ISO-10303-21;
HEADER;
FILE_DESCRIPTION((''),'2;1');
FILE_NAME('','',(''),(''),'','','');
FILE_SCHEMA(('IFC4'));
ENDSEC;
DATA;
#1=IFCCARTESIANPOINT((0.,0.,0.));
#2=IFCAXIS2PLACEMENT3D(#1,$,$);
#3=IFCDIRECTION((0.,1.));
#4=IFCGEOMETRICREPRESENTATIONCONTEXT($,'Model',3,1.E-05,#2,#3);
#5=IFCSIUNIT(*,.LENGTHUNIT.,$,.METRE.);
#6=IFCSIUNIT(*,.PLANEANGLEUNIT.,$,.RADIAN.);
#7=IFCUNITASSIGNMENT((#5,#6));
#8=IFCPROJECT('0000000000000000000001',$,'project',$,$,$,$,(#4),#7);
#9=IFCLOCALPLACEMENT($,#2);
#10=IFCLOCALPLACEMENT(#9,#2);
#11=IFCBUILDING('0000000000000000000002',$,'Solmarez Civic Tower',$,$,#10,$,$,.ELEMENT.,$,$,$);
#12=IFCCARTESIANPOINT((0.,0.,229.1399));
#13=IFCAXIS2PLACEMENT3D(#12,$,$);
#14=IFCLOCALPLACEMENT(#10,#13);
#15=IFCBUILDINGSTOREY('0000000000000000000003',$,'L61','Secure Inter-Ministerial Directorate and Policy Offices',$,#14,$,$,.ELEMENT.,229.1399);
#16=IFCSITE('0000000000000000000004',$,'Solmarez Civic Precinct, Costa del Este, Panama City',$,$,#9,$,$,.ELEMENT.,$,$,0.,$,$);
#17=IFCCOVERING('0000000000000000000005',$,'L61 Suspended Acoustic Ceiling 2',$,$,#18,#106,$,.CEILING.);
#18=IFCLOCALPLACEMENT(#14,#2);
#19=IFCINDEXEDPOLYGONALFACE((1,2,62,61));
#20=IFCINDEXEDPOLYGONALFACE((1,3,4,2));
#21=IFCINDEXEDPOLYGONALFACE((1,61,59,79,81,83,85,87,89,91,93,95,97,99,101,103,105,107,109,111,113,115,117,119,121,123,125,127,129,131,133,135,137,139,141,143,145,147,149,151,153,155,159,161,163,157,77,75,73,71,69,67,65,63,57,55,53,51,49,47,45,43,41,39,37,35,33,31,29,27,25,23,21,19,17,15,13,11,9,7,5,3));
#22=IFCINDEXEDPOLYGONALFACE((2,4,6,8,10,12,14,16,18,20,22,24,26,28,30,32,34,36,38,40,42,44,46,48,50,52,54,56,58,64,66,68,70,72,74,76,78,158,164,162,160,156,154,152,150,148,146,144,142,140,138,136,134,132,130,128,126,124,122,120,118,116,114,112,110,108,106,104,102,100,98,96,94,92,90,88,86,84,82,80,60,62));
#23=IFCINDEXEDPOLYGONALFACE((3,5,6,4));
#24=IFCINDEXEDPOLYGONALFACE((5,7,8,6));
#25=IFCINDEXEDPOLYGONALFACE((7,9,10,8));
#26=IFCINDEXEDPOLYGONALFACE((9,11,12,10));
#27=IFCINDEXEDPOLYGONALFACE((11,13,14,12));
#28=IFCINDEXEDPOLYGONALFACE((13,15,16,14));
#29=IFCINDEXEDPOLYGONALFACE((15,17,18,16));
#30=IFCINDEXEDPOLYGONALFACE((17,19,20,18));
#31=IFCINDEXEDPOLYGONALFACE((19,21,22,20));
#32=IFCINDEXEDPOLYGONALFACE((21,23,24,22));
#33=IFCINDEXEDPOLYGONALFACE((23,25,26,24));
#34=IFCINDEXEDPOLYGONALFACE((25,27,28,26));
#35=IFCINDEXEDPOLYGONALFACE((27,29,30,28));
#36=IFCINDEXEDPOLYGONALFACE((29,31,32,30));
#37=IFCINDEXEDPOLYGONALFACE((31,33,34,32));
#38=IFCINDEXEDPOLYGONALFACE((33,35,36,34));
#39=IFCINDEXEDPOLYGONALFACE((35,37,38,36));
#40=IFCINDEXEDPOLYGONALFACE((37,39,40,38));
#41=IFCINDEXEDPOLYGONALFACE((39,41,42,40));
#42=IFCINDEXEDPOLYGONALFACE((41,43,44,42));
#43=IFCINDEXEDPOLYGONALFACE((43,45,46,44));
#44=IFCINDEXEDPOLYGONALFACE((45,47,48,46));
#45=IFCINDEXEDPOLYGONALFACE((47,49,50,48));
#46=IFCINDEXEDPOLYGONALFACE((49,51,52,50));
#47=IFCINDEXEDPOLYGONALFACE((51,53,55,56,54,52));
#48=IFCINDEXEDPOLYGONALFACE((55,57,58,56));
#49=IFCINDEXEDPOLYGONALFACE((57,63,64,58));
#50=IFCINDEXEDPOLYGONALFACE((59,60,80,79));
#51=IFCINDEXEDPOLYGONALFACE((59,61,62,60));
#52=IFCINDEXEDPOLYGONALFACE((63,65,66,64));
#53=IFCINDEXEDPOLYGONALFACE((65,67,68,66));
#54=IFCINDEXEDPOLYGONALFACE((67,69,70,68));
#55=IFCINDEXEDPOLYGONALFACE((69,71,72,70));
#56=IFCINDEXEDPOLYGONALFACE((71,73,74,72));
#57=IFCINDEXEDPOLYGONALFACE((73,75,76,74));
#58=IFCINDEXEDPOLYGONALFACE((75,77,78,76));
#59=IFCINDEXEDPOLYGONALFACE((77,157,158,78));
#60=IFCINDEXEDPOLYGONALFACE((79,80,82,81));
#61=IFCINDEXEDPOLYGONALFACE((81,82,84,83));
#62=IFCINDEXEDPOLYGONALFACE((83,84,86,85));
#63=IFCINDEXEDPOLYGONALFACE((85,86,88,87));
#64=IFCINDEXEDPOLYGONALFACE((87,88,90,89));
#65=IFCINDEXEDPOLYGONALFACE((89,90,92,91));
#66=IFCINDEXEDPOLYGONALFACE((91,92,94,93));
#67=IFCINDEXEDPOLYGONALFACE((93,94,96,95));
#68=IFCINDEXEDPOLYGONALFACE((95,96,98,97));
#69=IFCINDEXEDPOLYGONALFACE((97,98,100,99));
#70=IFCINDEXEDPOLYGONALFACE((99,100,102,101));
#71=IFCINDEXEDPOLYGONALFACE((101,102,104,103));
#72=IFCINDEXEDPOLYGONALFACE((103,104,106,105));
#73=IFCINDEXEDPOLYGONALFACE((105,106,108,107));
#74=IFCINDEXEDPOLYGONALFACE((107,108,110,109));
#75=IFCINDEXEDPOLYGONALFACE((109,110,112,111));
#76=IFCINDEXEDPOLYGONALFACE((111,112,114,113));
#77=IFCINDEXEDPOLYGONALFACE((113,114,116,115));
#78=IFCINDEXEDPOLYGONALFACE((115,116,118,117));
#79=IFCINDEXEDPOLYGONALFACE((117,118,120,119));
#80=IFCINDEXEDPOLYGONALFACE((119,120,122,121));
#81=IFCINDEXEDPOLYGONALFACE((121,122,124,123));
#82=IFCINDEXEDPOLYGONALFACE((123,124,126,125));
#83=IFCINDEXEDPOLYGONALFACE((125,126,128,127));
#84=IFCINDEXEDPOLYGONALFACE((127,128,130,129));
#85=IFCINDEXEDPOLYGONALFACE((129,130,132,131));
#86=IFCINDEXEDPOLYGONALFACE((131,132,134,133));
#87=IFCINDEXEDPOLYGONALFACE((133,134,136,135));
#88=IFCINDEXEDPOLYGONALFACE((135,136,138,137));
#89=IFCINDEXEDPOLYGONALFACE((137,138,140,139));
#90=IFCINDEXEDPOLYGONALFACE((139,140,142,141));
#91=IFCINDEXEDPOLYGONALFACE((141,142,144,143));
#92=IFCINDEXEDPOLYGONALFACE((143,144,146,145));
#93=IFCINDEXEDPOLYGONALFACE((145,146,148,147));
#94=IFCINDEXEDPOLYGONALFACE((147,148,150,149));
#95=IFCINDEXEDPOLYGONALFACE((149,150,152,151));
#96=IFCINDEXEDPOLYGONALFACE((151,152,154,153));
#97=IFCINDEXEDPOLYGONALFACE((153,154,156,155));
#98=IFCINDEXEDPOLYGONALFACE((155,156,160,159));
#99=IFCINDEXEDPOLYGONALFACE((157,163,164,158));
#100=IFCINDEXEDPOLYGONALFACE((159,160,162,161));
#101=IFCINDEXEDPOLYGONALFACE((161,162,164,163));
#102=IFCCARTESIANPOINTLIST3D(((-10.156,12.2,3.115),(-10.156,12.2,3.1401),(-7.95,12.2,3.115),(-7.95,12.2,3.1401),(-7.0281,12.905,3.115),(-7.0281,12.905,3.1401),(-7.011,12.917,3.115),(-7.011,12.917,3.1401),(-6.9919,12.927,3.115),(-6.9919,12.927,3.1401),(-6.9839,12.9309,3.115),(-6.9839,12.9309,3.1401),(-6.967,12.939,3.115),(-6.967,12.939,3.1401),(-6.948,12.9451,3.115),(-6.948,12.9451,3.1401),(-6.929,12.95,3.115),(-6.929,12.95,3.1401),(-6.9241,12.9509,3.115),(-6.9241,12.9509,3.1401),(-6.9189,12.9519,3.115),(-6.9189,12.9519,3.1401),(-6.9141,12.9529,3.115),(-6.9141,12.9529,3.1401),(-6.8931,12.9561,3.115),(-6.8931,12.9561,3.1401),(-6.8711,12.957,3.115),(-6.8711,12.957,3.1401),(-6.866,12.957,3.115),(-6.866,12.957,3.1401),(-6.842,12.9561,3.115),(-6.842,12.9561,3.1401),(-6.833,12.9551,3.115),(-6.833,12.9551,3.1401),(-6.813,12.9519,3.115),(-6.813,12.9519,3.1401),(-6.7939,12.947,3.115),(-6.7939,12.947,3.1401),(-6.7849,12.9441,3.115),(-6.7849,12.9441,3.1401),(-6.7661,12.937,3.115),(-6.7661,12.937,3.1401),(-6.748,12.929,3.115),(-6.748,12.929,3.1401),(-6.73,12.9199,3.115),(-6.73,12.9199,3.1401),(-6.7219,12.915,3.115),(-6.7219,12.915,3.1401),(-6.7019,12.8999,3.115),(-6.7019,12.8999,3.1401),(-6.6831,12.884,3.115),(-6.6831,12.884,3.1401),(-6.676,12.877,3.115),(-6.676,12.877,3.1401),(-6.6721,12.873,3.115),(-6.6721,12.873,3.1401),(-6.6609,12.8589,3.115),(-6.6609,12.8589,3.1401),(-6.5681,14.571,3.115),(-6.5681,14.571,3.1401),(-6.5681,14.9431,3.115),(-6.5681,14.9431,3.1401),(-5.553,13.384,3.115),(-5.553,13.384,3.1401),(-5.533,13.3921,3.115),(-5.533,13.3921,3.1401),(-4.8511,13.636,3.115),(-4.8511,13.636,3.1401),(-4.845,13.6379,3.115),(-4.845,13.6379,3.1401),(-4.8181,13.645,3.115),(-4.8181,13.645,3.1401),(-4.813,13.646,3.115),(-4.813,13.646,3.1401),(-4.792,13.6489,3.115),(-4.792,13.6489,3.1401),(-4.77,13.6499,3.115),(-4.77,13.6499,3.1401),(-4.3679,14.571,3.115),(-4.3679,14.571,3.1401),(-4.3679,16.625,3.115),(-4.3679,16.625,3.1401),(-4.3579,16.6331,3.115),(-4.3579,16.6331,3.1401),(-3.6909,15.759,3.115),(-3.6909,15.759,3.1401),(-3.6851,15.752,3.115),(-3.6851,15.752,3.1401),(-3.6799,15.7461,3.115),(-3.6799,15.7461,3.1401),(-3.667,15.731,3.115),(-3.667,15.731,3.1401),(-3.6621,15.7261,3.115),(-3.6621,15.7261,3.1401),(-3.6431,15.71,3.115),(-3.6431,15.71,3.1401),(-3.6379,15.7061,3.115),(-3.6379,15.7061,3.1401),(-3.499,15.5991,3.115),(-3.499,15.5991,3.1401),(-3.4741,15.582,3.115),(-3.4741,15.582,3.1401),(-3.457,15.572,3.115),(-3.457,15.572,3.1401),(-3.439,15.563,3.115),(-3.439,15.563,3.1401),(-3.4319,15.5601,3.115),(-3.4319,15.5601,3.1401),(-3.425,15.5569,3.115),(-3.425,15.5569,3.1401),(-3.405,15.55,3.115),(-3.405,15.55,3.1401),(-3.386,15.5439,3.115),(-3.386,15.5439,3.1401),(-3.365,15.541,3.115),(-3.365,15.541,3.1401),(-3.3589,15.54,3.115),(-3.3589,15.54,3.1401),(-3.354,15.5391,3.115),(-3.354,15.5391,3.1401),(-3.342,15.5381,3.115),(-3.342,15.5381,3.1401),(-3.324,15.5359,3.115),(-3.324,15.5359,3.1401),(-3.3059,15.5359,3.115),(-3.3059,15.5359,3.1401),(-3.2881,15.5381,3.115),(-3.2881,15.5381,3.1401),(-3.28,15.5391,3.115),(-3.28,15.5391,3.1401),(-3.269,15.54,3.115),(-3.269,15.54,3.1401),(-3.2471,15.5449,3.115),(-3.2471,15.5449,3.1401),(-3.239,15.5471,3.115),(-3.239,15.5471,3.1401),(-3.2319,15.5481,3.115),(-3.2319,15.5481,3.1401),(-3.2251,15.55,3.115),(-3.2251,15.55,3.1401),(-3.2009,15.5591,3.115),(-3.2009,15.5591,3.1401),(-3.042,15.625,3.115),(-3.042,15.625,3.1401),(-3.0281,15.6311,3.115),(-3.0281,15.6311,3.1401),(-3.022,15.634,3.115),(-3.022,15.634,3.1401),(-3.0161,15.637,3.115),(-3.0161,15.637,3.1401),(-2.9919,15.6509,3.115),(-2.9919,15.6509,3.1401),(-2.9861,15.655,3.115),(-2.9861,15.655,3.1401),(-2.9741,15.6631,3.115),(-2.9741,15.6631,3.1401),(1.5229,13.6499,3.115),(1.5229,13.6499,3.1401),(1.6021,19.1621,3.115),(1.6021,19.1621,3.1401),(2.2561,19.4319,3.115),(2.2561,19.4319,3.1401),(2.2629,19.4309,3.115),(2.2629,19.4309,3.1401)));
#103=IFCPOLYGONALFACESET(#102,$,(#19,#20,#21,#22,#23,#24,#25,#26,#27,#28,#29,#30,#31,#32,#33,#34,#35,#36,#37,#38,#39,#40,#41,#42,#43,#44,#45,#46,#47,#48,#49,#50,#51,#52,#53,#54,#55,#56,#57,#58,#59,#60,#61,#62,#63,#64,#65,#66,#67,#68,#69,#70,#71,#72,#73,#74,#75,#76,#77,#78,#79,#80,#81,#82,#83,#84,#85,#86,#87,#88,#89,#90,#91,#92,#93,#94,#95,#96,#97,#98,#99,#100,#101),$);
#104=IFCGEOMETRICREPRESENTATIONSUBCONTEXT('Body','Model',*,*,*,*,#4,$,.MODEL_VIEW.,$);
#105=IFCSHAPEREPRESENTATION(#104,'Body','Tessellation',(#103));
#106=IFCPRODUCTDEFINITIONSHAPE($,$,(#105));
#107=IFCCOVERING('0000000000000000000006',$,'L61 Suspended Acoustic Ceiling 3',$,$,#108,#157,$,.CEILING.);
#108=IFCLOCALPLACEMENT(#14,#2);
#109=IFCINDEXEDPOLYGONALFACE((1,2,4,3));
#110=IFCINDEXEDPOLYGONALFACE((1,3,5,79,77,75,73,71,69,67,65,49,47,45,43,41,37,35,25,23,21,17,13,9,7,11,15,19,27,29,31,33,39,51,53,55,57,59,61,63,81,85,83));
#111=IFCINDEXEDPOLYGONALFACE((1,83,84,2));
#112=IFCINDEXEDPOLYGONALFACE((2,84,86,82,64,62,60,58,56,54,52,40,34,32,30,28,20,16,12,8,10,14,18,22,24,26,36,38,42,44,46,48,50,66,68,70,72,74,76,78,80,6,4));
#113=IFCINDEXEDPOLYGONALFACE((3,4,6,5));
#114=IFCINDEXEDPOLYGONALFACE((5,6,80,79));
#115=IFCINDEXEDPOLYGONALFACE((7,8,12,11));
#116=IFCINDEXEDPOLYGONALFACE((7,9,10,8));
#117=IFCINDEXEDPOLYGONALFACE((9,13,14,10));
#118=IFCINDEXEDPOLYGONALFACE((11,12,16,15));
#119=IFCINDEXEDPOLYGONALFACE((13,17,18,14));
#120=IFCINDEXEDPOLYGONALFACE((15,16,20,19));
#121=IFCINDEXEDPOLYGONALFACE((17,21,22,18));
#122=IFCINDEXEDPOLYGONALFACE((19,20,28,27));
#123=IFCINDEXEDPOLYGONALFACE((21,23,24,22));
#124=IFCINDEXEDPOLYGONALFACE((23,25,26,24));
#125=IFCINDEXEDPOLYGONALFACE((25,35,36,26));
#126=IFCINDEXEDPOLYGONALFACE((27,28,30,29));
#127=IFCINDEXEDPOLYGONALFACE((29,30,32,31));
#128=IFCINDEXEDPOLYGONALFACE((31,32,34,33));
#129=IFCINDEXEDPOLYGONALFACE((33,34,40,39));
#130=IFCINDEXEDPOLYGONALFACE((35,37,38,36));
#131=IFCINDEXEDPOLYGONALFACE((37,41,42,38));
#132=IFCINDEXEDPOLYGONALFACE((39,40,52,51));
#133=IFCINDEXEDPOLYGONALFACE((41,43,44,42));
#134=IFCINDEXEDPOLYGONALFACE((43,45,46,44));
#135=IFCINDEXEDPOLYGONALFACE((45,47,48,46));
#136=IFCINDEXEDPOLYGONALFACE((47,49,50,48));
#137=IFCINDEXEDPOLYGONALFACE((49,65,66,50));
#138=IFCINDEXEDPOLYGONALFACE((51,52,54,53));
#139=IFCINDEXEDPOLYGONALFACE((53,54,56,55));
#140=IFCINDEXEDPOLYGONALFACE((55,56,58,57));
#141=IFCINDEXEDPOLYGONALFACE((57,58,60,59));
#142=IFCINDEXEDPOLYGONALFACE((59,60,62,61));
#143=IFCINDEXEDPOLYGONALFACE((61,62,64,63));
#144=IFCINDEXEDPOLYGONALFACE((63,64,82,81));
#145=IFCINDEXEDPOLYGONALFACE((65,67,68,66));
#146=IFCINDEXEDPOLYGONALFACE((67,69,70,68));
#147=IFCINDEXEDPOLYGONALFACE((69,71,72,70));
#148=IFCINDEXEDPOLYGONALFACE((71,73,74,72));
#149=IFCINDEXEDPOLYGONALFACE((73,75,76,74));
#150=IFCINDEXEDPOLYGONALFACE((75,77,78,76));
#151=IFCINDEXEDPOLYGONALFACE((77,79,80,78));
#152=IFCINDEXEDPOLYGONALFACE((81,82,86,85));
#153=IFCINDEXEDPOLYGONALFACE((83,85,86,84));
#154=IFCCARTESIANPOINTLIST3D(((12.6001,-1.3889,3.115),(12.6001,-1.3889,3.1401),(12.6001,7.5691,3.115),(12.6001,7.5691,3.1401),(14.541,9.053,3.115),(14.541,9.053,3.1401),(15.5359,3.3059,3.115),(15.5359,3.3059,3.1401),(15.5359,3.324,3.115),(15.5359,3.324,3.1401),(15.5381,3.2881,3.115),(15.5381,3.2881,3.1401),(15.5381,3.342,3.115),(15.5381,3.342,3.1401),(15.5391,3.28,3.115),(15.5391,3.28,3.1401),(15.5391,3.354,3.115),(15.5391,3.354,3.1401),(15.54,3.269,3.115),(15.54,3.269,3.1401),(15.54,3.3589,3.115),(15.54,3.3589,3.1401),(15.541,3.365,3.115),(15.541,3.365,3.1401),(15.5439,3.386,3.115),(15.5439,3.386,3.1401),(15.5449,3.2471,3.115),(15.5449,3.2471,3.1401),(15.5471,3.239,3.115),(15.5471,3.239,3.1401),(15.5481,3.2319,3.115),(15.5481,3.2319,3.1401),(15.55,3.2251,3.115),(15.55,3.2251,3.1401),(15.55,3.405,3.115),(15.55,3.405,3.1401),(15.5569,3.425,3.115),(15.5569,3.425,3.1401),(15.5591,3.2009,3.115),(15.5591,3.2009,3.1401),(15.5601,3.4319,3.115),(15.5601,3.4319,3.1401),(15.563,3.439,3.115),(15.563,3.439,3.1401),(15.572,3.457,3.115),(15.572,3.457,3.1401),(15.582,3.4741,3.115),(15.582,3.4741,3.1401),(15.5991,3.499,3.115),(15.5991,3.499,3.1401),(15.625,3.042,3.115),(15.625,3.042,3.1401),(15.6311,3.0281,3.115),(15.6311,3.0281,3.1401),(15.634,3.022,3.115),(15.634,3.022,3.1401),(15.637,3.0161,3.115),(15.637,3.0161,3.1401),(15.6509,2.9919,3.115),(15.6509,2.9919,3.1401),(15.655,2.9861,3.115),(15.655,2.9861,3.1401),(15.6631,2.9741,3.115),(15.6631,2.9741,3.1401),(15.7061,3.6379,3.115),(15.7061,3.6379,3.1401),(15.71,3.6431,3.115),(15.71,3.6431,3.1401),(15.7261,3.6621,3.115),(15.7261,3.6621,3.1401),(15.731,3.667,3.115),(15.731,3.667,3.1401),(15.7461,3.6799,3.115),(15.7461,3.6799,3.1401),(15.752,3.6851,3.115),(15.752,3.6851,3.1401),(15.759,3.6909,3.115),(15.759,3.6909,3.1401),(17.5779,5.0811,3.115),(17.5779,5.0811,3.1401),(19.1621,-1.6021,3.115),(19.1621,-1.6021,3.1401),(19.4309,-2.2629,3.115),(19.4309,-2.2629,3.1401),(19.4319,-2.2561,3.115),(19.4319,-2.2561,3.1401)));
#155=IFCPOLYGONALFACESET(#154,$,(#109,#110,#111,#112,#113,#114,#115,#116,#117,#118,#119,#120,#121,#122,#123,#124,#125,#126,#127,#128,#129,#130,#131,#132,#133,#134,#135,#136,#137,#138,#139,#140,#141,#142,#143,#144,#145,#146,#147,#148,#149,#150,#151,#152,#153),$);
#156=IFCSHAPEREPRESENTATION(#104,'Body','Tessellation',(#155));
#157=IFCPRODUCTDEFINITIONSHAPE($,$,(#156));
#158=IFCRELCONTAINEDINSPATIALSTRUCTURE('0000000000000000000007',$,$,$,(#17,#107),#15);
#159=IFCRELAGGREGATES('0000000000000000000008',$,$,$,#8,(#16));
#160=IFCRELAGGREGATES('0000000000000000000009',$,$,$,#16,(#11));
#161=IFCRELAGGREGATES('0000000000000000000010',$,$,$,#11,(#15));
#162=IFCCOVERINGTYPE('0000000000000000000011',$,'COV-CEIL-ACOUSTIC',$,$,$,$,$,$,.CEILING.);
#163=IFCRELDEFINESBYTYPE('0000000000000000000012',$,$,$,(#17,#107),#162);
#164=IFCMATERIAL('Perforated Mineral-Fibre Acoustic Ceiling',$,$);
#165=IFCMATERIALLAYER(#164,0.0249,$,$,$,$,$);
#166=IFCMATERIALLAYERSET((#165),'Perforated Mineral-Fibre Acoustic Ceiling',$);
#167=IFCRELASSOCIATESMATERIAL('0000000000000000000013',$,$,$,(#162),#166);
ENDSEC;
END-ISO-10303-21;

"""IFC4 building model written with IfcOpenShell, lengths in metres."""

from ifc_helpers import new_model, si_unit, direction, frame, origin, place, context, subcontext, project, spatial, polyline, outline, extrude, material, layer, layer_set, type_object, element, save


model = new_model("IFC4")

# Units and contexts
model_context = context("Model", 3, precision=1e-05, world=origin(), true_north=direction((0.0, 1.0)))
body_context = subcontext(model_context, "Body", "Model", "MODEL_VIEW")
ifc_project = project(units=[si_unit("LENGTHUNIT", "METRE"), si_unit("PLANEANGLEUNIT", "RADIAN")], contexts=[model_context])

# Site, building, storey
site_placement = place(None, origin())
site = spatial("IfcSite", under=ifc_project, at=site_placement, Name="Solmarez Civic Precinct, Costa del Este, Panama City", CompositionType="ELEMENT", RefElevation=0.0)
building_placement = place(site_placement, origin())
building = spatial("IfcBuilding", under=site, at=building_placement, Name="Solmarez Civic Tower", CompositionType="ELEMENT")
storey_placement = place(building_placement, frame((0.0, 0.0, 229.1399)))
storey = spatial("IfcBuildingStorey", under=building, at=storey_placement, Name="L61", Description="Secure Inter-Ministerial Directorate and Policy Offices", CompositionType="ELEMENT", Elevation=229.1399)

# Coverings
ifc_material_1 = material(Name="Perforated Mineral-Fibre Acoustic Ceiling")
ifc_layer_1 = layer(ifc_material_1, 0.0249)
ifc_layer_set_1 = layer_set([ifc_layer_1], Name="Perforated Mineral-Fibre Acoustic Ceiling")
covering_type_1 = type_object("IfcCoveringType", Name="COV-CEIL-ACOUSTIC", PredefinedType="CEILING", material=ifc_layer_set_1)
covering_1_placement = place(storey_placement, frame((0.0, 0.0, 3.115)))
element("IfcCovering", 1, at=covering_1_placement, inside=storey, type_object=covering_type_1, Name="L61 Suspended Acoustic Ceiling 2", PredefinedType="CEILING", context=body_context, shape_type="SweptSolid", body=[
    extrude(outline(polyline([(-10.156, 12.2), (-7.95, 12.2), (-7.0281, 12.905), (-7.011, 12.917), (-6.9919, 12.927), (-6.9839, 12.9309), (-6.967, 12.939), (-6.948, 12.9451), (-6.929, 12.95), (-6.9241, 12.9509), (-6.9189, 12.9519), (-6.9141, 12.9529), (-6.8931, 12.9561), (-6.8711, 12.957), (-6.866, 12.957), (-6.842, 12.9561), (-6.833, 12.9551), (-6.813, 12.9519), (-6.7939, 12.947), (-6.7849, 12.9441), (-6.7661, 12.937), (-6.748, 12.929), (-6.73, 12.9199), (-6.7219, 12.915), (-6.7019, 12.8999), (-6.6831, 12.884), (-6.676, 12.877), (-6.6721, 12.873), (-6.6609, 12.8589), (-5.553, 13.384), (-5.533, 13.3921), (-4.8511, 13.636), (-4.845, 13.6379), (-4.8181, 13.645), (-4.813, 13.646), (-4.792, 13.6489), (-4.77, 13.6499), (1.5229, 13.6499), (2.2629, 19.4309), (2.2561, 19.4319), (1.6021, 19.1621), (-2.9741, 15.6631), (-2.9861, 15.655), (-2.9919, 15.6509), (-3.0161, 15.637), (-3.022, 15.634), (-3.0281, 15.6311), (-3.042, 15.625), (-3.2009, 15.5591), (-3.2251, 15.55), (-3.2319, 15.5481), (-3.239, 15.5471), (-3.2471, 15.5449), (-3.269, 15.54), (-3.28, 15.5391), (-3.2881, 15.5381), (-3.3059, 15.5359), (-3.324, 15.5359), (-3.342, 15.5381), (-3.354, 15.5391), (-3.3589, 15.54), (-3.365, 15.541), (-3.386, 15.5439), (-3.405, 15.55), (-3.425, 15.5569), (-3.4319, 15.5601), (-3.439, 15.563), (-3.457, 15.572), (-3.4741, 15.582), (-3.499, 15.5991), (-3.6379, 15.7061), (-3.6431, 15.71), (-3.6621, 15.7261), (-3.667, 15.731), (-3.6799, 15.7461), (-3.6851, 15.752), (-3.6909, 15.759), (-4.3579, 16.6331), (-4.3679, 16.625), (-4.3679, 14.571), (-6.5681, 14.571), (-6.5681, 14.9431), (-10.156, 12.2)])), origin(), (0.0, 0.0, 1.0), 0.0251),
])
covering_2_placement = place(storey_placement, frame((0.0, 0.0, 3.115)))
element("IfcCovering", 2, at=covering_2_placement, inside=storey, type_object=covering_type_1, Name="L61 Suspended Acoustic Ceiling 3", PredefinedType="CEILING", context=body_context, shape_type="SweptSolid", body=[
    extrude(outline(polyline([(12.6001, 7.5691), (12.6001, -1.3889), (19.4309, -2.2629), (19.4319, -2.2561), (19.1621, -1.6021), (15.6631, 2.9741), (15.655, 2.9861), (15.6509, 2.9919), (15.637, 3.0161), (15.634, 3.022), (15.6311, 3.0281), (15.625, 3.042), (15.5591, 3.2009), (15.55, 3.2251), (15.5481, 3.2319), (15.5471, 3.239), (15.5449, 3.2471), (15.54, 3.269), (15.5391, 3.28), (15.5381, 3.2881), (15.5359, 3.3059), (15.5359, 3.324), (15.5381, 3.342), (15.5391, 3.354), (15.54, 3.3589), (15.541, 3.365), (15.5439, 3.386), (15.55, 3.405), (15.5569, 3.425), (15.5601, 3.4319), (15.563, 3.439), (15.572, 3.457), (15.582, 3.4741), (15.5991, 3.499), (15.7061, 3.6379), (15.71, 3.6431), (15.7261, 3.6621), (15.731, 3.667), (15.7461, 3.6799), (15.752, 3.6851), (15.759, 3.6909), (17.5779, 5.0811), (14.541, 9.053), (12.6001, 7.5691)])), origin(), (0.0, 0.0, 1.0), 0.0251),
])

save(model, "model.ifc")
